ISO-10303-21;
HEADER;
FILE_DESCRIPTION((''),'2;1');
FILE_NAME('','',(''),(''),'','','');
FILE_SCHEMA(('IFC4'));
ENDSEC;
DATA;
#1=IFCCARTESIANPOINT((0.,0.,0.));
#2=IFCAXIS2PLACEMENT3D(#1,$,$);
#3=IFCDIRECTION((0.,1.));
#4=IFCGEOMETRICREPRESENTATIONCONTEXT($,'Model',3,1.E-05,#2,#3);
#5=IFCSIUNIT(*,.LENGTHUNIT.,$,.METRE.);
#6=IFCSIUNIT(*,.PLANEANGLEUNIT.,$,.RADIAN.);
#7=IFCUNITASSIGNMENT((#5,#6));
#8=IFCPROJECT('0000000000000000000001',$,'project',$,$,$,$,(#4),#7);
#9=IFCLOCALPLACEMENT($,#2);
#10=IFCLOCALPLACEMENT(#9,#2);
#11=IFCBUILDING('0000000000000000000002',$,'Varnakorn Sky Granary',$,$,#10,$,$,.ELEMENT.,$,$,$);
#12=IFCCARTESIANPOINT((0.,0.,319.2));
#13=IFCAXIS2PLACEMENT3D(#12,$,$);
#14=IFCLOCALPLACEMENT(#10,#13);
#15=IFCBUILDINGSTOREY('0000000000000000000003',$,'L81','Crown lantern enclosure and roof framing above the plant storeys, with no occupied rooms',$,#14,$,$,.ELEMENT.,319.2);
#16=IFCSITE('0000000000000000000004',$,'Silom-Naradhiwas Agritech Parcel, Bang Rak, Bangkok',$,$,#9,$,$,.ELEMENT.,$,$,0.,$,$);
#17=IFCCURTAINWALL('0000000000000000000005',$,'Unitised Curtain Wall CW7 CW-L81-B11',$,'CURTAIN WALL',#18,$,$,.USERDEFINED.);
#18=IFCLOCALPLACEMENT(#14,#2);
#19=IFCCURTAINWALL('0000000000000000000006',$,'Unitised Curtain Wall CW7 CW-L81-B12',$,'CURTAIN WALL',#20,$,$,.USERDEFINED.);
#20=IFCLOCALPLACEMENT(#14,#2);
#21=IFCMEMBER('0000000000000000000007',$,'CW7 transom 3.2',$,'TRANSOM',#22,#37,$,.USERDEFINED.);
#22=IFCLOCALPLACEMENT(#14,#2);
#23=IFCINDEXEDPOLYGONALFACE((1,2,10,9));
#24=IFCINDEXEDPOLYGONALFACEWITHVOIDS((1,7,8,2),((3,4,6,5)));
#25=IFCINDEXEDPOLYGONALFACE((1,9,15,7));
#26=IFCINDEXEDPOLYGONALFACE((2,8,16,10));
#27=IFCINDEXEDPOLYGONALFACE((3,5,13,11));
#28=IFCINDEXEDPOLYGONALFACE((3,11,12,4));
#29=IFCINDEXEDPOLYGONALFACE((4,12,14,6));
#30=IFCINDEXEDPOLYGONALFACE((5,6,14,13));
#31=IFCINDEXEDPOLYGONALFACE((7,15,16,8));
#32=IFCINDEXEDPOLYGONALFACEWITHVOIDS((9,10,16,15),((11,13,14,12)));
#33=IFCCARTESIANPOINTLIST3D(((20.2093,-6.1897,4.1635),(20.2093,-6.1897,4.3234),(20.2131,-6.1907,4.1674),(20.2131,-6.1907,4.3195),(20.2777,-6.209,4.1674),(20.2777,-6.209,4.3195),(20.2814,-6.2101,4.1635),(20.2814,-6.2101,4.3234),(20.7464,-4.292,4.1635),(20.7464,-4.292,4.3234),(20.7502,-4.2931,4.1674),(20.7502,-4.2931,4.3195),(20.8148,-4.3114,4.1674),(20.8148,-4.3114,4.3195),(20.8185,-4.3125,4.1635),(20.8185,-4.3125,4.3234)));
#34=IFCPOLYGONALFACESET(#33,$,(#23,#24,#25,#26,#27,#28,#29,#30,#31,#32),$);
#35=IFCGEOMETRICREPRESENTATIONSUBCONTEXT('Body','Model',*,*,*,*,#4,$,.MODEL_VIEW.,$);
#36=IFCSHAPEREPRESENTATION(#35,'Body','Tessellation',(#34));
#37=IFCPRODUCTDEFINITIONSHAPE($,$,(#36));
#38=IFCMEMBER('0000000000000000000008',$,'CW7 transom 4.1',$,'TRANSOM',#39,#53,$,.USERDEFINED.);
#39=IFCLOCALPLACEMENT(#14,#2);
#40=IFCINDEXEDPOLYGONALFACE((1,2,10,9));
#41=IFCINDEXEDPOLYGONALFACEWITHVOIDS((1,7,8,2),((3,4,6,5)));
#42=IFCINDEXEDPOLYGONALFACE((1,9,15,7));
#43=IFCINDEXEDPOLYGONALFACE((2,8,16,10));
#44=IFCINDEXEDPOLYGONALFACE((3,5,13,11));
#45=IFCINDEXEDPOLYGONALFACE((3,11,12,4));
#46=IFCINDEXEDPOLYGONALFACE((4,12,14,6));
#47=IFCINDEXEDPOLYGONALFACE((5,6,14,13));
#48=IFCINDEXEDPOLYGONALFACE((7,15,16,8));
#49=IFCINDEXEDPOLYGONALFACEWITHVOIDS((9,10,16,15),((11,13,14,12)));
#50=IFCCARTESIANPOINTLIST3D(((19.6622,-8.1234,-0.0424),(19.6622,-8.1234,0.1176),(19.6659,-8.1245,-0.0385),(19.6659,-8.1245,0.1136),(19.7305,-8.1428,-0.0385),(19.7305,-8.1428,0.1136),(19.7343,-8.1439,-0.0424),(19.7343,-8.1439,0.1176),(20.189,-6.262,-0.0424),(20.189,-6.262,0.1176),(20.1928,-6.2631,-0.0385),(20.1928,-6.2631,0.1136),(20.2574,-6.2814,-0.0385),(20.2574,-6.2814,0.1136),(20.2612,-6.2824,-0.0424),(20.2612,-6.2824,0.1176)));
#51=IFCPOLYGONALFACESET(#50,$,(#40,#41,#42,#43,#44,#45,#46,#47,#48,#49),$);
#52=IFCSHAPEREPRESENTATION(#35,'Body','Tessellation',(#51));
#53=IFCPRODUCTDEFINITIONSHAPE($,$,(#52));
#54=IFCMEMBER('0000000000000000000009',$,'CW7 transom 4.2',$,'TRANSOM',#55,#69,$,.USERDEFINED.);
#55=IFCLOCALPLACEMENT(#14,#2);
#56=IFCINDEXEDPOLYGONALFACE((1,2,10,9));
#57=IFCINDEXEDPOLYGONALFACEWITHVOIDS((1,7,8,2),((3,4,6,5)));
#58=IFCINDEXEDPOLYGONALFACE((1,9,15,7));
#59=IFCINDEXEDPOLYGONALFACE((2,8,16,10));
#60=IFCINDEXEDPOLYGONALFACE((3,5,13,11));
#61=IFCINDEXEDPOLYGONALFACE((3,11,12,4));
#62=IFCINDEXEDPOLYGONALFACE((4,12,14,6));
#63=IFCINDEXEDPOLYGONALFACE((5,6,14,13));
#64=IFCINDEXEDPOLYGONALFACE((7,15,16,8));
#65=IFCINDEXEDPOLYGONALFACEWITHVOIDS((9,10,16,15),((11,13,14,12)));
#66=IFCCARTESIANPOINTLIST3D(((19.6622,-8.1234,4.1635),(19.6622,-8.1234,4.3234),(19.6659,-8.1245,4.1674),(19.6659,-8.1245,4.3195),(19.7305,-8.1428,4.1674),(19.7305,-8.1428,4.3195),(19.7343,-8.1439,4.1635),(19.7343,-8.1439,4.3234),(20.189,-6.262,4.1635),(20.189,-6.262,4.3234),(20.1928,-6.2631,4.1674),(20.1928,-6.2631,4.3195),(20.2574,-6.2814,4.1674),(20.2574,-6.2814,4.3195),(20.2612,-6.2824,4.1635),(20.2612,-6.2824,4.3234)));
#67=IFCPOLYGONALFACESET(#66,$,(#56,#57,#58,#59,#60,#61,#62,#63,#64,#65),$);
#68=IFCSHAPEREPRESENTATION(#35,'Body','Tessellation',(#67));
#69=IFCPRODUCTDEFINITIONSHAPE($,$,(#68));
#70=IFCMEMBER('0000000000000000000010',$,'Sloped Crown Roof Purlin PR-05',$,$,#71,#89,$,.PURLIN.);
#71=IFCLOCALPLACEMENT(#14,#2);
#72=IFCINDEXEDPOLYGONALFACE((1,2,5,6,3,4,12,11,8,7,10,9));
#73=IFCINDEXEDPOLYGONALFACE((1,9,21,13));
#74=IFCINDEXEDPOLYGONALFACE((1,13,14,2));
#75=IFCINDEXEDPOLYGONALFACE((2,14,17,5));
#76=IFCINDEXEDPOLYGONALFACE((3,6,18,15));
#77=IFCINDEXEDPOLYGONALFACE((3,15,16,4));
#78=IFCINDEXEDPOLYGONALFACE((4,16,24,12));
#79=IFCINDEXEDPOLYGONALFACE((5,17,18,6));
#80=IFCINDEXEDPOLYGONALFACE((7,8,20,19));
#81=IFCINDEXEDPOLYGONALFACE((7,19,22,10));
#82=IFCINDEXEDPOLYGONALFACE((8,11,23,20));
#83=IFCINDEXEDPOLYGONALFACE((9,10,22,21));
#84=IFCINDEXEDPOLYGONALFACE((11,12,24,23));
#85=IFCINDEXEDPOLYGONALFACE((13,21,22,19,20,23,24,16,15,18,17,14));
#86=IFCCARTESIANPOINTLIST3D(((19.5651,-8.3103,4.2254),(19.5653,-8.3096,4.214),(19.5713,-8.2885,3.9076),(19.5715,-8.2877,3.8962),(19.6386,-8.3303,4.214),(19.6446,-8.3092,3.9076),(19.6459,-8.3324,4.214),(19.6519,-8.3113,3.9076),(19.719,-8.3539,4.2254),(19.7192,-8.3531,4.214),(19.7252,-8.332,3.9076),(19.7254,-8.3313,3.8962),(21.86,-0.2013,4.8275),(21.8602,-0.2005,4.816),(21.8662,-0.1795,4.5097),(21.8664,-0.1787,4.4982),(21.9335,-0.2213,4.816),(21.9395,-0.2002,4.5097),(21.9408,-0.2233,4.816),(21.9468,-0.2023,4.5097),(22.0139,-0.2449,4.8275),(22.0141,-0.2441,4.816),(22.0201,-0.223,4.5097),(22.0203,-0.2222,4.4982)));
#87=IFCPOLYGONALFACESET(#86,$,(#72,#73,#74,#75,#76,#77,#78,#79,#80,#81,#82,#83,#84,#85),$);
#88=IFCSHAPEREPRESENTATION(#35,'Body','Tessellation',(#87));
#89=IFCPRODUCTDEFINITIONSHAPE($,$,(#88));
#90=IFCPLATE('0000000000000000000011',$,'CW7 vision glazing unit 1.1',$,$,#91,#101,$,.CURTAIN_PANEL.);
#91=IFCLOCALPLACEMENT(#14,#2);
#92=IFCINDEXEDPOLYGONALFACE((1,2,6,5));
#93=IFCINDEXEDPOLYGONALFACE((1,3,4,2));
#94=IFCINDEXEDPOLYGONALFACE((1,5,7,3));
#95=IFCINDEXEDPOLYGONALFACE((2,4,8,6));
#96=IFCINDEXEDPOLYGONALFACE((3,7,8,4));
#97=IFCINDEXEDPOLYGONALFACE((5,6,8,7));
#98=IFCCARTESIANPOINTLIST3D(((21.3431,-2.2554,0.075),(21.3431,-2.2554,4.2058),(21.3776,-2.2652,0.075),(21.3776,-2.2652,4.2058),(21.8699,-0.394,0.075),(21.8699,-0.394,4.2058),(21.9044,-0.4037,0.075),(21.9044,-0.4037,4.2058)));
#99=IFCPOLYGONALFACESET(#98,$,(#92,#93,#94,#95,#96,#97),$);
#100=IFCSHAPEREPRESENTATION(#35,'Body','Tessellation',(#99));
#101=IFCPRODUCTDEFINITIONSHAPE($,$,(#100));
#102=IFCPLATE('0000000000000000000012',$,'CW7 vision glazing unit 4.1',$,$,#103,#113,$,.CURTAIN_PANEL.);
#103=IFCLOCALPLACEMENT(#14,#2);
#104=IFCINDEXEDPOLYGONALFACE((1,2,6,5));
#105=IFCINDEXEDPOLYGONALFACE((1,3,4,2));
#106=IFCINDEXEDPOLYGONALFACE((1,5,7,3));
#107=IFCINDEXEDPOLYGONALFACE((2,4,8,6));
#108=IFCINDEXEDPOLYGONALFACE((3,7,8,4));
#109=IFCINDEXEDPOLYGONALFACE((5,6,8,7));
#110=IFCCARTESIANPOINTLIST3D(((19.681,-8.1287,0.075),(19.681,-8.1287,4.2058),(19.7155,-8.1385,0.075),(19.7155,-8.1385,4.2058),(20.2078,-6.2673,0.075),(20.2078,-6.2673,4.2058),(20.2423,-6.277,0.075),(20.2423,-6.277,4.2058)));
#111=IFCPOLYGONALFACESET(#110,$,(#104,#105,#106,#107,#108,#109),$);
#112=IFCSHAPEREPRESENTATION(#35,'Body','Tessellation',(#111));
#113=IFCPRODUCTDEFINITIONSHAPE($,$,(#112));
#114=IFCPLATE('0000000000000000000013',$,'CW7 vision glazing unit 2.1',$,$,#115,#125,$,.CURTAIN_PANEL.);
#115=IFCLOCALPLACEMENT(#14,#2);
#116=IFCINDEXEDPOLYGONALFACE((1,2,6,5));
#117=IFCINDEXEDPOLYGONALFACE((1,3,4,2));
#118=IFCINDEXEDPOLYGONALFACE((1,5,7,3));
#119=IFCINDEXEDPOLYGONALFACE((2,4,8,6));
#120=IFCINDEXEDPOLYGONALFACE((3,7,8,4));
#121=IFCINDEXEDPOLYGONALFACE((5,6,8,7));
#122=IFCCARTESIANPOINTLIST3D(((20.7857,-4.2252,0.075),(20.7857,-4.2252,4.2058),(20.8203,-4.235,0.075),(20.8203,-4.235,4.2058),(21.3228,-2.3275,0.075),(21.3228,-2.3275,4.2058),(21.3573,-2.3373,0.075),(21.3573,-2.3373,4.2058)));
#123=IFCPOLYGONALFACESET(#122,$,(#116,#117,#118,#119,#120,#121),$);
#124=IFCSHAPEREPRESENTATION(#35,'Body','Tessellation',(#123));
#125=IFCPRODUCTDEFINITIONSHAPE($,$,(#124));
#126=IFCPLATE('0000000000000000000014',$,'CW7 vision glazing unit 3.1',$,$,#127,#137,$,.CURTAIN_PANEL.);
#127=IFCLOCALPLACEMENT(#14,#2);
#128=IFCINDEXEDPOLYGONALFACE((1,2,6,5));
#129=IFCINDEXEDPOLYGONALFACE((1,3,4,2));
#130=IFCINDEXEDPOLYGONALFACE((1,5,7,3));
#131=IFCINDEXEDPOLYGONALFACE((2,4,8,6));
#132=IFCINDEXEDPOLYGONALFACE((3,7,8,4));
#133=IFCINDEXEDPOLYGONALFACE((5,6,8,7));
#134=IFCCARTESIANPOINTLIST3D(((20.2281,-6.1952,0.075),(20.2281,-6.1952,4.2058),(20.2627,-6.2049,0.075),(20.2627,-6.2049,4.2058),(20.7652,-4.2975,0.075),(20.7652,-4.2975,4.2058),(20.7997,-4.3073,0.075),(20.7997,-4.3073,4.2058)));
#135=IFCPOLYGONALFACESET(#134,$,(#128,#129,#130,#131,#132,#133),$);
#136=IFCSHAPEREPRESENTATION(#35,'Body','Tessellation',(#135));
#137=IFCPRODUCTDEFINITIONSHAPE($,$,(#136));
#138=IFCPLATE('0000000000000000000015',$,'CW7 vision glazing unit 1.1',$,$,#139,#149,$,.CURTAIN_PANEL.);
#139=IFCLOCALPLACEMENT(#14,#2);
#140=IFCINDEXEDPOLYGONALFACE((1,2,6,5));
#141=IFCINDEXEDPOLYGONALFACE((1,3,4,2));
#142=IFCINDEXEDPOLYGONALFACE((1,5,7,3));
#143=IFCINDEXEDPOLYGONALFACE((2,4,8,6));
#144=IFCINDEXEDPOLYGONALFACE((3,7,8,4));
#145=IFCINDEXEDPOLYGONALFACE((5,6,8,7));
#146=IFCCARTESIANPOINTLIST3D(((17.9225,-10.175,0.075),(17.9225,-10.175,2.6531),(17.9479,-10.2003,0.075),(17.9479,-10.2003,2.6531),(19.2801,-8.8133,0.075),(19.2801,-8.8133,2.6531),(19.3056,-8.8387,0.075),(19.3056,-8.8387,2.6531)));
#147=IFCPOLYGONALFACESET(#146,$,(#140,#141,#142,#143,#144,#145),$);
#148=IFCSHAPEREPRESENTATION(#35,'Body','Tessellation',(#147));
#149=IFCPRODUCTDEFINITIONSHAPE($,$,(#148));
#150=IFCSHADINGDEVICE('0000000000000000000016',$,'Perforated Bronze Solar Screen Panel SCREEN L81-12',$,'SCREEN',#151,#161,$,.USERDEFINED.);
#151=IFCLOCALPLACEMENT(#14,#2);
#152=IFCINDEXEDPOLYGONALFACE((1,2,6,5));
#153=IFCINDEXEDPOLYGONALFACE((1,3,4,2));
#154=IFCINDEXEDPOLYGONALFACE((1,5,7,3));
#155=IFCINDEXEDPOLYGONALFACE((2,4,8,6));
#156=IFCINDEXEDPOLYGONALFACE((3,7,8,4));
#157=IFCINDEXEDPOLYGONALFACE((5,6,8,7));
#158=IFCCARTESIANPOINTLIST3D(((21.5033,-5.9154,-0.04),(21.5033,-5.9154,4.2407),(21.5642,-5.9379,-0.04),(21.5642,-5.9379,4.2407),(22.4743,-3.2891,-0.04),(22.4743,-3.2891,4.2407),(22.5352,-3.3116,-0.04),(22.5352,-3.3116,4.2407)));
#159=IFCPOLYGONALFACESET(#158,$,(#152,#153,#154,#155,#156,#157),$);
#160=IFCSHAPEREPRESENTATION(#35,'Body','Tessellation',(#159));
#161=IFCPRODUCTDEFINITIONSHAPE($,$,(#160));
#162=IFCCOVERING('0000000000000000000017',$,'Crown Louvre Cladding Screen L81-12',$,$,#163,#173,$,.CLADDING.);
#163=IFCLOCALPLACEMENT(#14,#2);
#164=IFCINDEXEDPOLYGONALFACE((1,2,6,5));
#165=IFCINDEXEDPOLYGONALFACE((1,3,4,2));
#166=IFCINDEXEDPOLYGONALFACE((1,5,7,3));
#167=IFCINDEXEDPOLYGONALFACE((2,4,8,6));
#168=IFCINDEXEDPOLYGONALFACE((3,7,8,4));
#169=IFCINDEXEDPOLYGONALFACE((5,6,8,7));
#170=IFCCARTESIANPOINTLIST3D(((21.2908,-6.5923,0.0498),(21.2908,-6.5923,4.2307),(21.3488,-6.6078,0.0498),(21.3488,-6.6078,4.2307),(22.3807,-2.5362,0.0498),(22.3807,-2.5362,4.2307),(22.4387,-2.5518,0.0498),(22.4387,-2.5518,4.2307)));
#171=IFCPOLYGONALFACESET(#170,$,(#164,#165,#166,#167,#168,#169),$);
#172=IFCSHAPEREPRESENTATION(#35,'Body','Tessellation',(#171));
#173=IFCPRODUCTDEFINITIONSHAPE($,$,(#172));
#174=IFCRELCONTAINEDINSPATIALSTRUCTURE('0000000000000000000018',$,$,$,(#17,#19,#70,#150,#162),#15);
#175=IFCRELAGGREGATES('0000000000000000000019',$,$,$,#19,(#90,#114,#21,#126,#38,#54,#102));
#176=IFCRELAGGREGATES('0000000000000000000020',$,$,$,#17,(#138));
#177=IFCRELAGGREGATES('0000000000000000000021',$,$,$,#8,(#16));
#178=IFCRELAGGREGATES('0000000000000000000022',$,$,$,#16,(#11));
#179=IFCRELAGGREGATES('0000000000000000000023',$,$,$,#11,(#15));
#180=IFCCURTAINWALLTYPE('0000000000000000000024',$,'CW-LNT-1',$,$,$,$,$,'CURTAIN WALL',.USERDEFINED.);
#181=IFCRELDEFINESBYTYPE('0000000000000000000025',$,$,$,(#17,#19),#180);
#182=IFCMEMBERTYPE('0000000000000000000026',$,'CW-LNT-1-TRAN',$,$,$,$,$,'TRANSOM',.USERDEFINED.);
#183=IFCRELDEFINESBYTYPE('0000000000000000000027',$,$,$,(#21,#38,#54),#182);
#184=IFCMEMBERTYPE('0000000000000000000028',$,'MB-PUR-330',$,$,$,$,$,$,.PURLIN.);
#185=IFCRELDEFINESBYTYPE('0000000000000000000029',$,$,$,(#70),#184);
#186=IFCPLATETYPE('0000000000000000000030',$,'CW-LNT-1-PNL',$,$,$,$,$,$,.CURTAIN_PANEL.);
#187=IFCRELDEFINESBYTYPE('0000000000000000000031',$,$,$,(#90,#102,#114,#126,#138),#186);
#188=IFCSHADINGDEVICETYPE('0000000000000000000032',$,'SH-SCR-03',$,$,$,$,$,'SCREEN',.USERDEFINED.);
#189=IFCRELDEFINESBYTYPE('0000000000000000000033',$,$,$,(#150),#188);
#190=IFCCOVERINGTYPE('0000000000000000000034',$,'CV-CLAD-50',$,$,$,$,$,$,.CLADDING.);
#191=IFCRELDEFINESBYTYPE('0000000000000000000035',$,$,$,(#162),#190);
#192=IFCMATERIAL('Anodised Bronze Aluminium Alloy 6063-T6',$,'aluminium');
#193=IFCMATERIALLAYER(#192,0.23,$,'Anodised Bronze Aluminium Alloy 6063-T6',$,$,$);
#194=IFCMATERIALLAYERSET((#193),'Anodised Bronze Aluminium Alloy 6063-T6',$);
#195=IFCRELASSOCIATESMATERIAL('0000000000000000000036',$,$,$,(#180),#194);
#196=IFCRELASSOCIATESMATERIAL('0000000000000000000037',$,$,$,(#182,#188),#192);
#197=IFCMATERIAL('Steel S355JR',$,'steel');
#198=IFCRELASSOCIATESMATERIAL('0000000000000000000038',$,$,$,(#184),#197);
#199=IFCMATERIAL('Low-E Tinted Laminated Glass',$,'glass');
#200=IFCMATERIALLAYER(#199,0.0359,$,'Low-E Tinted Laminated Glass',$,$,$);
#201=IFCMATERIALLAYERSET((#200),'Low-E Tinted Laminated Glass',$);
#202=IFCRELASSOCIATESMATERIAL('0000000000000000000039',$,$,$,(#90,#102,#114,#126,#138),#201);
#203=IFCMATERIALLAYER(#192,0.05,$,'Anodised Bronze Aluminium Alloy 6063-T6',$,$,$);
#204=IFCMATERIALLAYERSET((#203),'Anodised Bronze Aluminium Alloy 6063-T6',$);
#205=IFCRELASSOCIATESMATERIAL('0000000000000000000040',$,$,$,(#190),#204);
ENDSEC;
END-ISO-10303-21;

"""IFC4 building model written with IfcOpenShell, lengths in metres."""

from ifc_helpers import new_model, si_unit, direction, frame, origin, origin_2d, place, context, subcontext, project, spatial, rectangle, hollow_rectangle, i_section, extrude, source, transform, mapped, material, layer, layer_set, material_profile, profile_set, type_object, type_shapes, element, aggregate, save


model = new_model("IFC4")

# Units and contexts
model_context = context("Model", 3, precision=1e-05, world=origin(), true_north=direction((0.0, 1.0)))
body_context = subcontext(model_context, "Body", "Model", "MODEL_VIEW")
ifc_project = project(units=[si_unit("LENGTHUNIT", "METRE"), si_unit("PLANEANGLEUNIT", "RADIAN")], contexts=[model_context])

# Site, building, storey
site_placement = place(None, origin())
site = spatial("IfcSite", under=ifc_project, at=site_placement, Name="Silom-Naradhiwas Agritech Parcel, Bang Rak, Bangkok", CompositionType="ELEMENT", RefElevation=0.0)
building_placement = place(site_placement, origin())
building = spatial("IfcBuilding", under=site, at=building_placement, Name="Varnakorn Sky Granary", CompositionType="ELEMENT")
storey_placement = place(building_placement, frame((0.0, 0.0, 319.2)))
storey = spatial("IfcBuildingStorey", under=building, at=storey_placement, Name="L81", Description="Crown lantern enclosure and roof framing above the plant storeys, with no occupied rooms", CompositionType="ELEMENT", Elevation=319.2)

# Shared definitions
ifc_material_1 = material(Name="Steel S355JR", Category="steel")

# Curtain wall
ifc_material_2 = material(Name="Anodised Bronze Aluminium Alloy 6063-T6", Category="aluminium")
ifc_layer_1 = layer(ifc_material_2, 0.23, Name="Anodised Bronze Aluminium Alloy 6063-T6")
ifc_layer_set_1 = layer_set([ifc_layer_1], Name="Anodised Bronze Aluminium Alloy 6063-T6")
curtain_wall_type = type_object("IfcCurtainWallType", Name="CW-LNT-1", ElementType="CURTAIN WALL", PredefinedType="USERDEFINED", material=ifc_layer_set_1)
curtain_wall_1_placement = place(storey_placement, origin())
curtain_wall_1 = element("IfcCurtainWall", 1, at=curtain_wall_1_placement, inside=storey, type_object=curtain_wall_type, Name="Unitised Curtain Wall CW7 CW-L81-B11", ObjectType="CURTAIN WALL", PredefinedType="USERDEFINED")

# Curtain wall
curtain_wall_2_placement = place(storey_placement, origin())
curtain_wall_2 = element("IfcCurtainWall", 2, at=curtain_wall_2_placement, inside=storey, type_object=curtain_wall_type, Name="Unitised Curtain Wall CW7 CW-L81-B12", ObjectType="CURTAIN WALL", PredefinedType="USERDEFINED")

# Members
ifc_material_profile_1 = material_profile(ifc_material_2, hollow_rectangle(XDim=0.075, YDim=0.1599, WallThickness=0.0039, at=origin_2d()), Name="ALU TRAN 75x160")
ifc_profile_set_1 = profile_set([ifc_material_profile_1], Name="Anodised Bronze Aluminium Alloy 6063-T6")
member_type_1 = type_object("IfcMemberType", Name="CW-LNT-1-TRAN", ElementType="TRANSOM", PredefinedType="USERDEFINED", material=ifc_profile_set_1)
member_1_placement = place(storey_placement, frame((20.7825, -4.3022, 4.2434), z_axis=(-0.272333, -0.962203, 0.0), x_axis=(0.962203, -0.272333, 0.0)))
member_1 = element("IfcMember", 3, at=member_1_placement, type_object=member_type_1, Name="CW7 transom 3.2", ObjectType="TRANSOM", PredefinedType="USERDEFINED", context=body_context, shape_type="SweptSolid", body=[
    extrude(hollow_rectangle(XDim=0.075, YDim=0.1599, WallThickness=0.0039, at=origin_2d()), origin(), (0.0, 0.0, 1.0), 1.9722),
])
member_2_placement = place(storey_placement, frame((20.2251, -6.2722, 0.0376), z_axis=(-0.272353, -0.962197, 0.0), x_axis=(0.962197, -0.272353, 0.0)))
member_2 = element("IfcMember", 4, at=member_2_placement, type_object=member_type_1, Name="CW7 transom 4.1", ObjectType="TRANSOM", PredefinedType="USERDEFINED", context=body_context, shape_type="SweptSolid", body=[
    extrude(hollow_rectangle(XDim=0.075, YDim=0.1599, WallThickness=0.0039, at=origin_2d()), origin(), (0.0, 0.0, 1.0), 1.9346),
])
member_3_placement = place(storey_placement, frame((20.2251, -6.2722, 4.2434), z_axis=(-0.272353, -0.962197, 0.0), x_axis=(0.962197, -0.272353, 0.0)))
member_3 = element("IfcMember", 5, at=member_3_placement, type_object=member_type_1, Name="CW7 transom 4.2", ObjectType="TRANSOM", PredefinedType="USERDEFINED", context=body_context, shape_type="SweptSolid", body=[
    extrude(hollow_rectangle(XDim=0.075, YDim=0.1599, WallThickness=0.0039, at=origin_2d()), origin(), (0.0, 0.0, 1.0), 1.9346),
])
ifc_material_profile_2 = material_profile(ifc_material_1, i_section(OverallWidth=0.1599, OverallDepth=0.3301, WebThickness=0.0076, FlangeThickness=0.0115, at=origin_2d()), Name="IPE 330")
ifc_profile_set_2 = profile_set([ifc_material_profile_2], Name="Steel S355JR")
member_type_2 = type_object("IfcMemberType", Name="MB-PUR-330", PredefinedType="PURLIN", material=ifc_profile_set_2)
member_4_placement = place(storey_placement, frame((19.6453, -8.3208, 4.0608), z_axis=(0.271618, 0.959764, 0.071256), x_axis=(-0.96221, 0.27231, 0.0)))
element("IfcMember", 6, at=member_4_placement, inside=storey, type_object=member_type_2, Name="Sloped Crown Roof Purlin PR-05", PredefinedType="PURLIN", context=body_context, shape_type="SweptSolid", body=[
    extrude(i_section(OverallWidth=0.1599, OverallDepth=0.3301, WebThickness=0.0076, FlangeThickness=0.0115, at=origin_2d()), origin(), (0.0, 0.0, 1.0), 8.449),
])

# Plates
ifc_material_3 = material(Name="Low-E Tinted Laminated Glass", Category="glass")
ifc_layer_2 = layer(ifc_material_3, 0.0359, Name="Low-E Tinted Laminated Glass")
ifc_layer_set_2 = layer_set([ifc_layer_2], Name="Low-E Tinted Laminated Glass")
plate_type = type_object("IfcPlateType", Name="CW-LNT-1-PNL", PredefinedType="CURTAIN_PANEL")
shared_shape_1 = source(origin(), body_context, "Body", "SweptSolid", [
    extrude(rectangle(XDim=1.9346, YDim=0.0359, at=origin_2d()), origin(), (0.0, 0.0, 1.0), 4.1309),
])
plate_1_placement = place(storey_placement, frame((21.6238, -1.3296, 0.075), z_axis=(0.0, 0.0, 1.0), x_axis=(-0.272307, -0.96221, 0.0)))
plate_1 = element("IfcPlate", 7, at=plate_1_placement, type_object=plate_type, material=ifc_layer_set_2, Name="CW7 vision glazing unit 1.1", PredefinedType="CURTAIN_PANEL", context=body_context, shape_type="MappedRepresentation", body=[
    mapped(shared_shape_1, transform((0.0, 0.0, 0.0), x_axis=(1.0, 0.0, 0.0), y_axis=(0.0, 1.0, 0.0), z_axis=(0.0, 0.0, 1.0), scale=1.0)),
])
plate_2_placement = place(storey_placement, frame((19.9617, -7.2029, 0.075), z_axis=(0.0, 0.0, 1.0), x_axis=(-0.272307, -0.96221, 0.0)))
plate_2 = element("IfcPlate", 8, at=plate_2_placement, type_object=plate_type, material=ifc_layer_set_2, Name="CW7 vision glazing unit 4.1", PredefinedType="CURTAIN_PANEL", context=body_context, shape_type="MappedRepresentation", body=[
    mapped(shared_shape_1, transform((0.0, 0.0, 0.0), x_axis=(1.0, 0.0, 0.0), y_axis=(0.0, 1.0, 0.0), z_axis=(0.0, 0.0, 1.0), scale=1.0)),
])
shared_shape_2 = source(origin(), body_context, "Body", "SweptSolid", [
    extrude(rectangle(XDim=1.9722, YDim=0.0359, at=origin_2d()), origin(), (0.0, 0.0, 1.0), 4.1309),
])
plate_3_placement = place(storey_placement, frame((21.0715, -3.2812, 0.075), z_axis=(0.0, 0.0, 1.0), x_axis=(-0.272307, -0.96221, 0.0)))
plate_3 = element("IfcPlate", 9, at=plate_3_placement, type_object=plate_type, material=ifc_layer_set_2, Name="CW7 vision glazing unit 2.1", PredefinedType="CURTAIN_PANEL", context=body_context, shape_type="MappedRepresentation", body=[
    mapped(shared_shape_2, transform((0.0, 0.0, 0.0), x_axis=(1.0, 0.0, 0.0), y_axis=(0.0, 1.0, 0.0), z_axis=(0.0, 0.0, 1.0), scale=1.0)),
])
plate_4_placement = place(storey_placement, frame((20.5139, -5.2512, 0.075), z_axis=(0.0, 0.0, 1.0), x_axis=(-0.272307, -0.96221, 0.0)))
plate_4 = element("IfcPlate", 10, at=plate_4_placement, type_object=plate_type, material=ifc_layer_set_2, Name="CW7 vision glazing unit 3.1", PredefinedType="CURTAIN_PANEL", context=body_context, shape_type="MappedRepresentation", body=[
    mapped(shared_shape_2, transform((0.0, 0.0, 0.0), x_axis=(1.0, 0.0, 0.0), y_axis=(0.0, 1.0, 0.0), z_axis=(0.0, 0.0, 1.0), scale=1.0)),
])
aggregate(curtain_wall_2, [plate_1, plate_3, member_1, plate_4, member_2, member_3, plate_2])
shared_shape_3 = source(origin(), body_context, "Body", "SweptSolid", [
    extrude(rectangle(XDim=1.9229, YDim=0.0359, at=origin_2d()), origin(), (0.0, 0.0, 1.0), 2.5781),
])
type_shapes(plate_type, [shared_shape_1, shared_shape_2, shared_shape_3])
plate_5_placement = place(storey_placement, frame((18.614, -9.5068, 0.075), z_axis=(0.0, 0.0, 1.0), x_axis=(-0.706068, -0.708144, 0.0)))
plate_5 = element("IfcPlate", 11, at=plate_5_placement, type_object=plate_type, material=ifc_layer_set_2, Name="CW7 vision glazing unit 1.1", PredefinedType="CURTAIN_PANEL", context=body_context, shape_type="MappedRepresentation", body=[
    mapped(shared_shape_3, transform((0.0, 0.0, 0.0), x_axis=(1.0, 0.0, 0.0), y_axis=(0.0, 1.0, 0.0), z_axis=(0.0, 0.0, 1.0), scale=1.0)),
])
aggregate(curtain_wall_1, [plate_5])

# Shading device
shading_device_type = type_object("IfcShadingDeviceType", Name="SH-SCR-03", ElementType="SCREEN", PredefinedType="USERDEFINED", material=ifc_material_2)
shared_shape_4 = source(origin(), body_context, "Body", "SweptSolid", [
    extrude(rectangle(XDim=2.8, YDim=0.0649, at=origin_2d()), origin(), (0.0, 0.0, 1.0), 4.2808),
])
type_shapes(shading_device_type, [shared_shape_4])
shading_device_placement = place(storey_placement, frame((22.0193, -4.6135, -0.04), z_axis=(0.0, 0.0, 1.0), x_axis=(0.346784, 0.937945, 0.0)))
element("IfcShadingDevice", 12, at=shading_device_placement, inside=storey, type_object=shading_device_type, Name="Perforated Bronze Solar Screen Panel SCREEN L81-12", ObjectType="SCREEN", PredefinedType="USERDEFINED", context=body_context, shape_type="MappedRepresentation", body=[
    mapped(shared_shape_4, transform((0.0, 0.0, 0.0), x_axis=(1.0, 0.0, 0.0), y_axis=(0.0, 1.0, 0.0), z_axis=(0.0, 0.0, 1.0), scale=1.0)),
])

# Covering
ifc_layer_3 = layer(ifc_material_2, 0.05, Name="Anodised Bronze Aluminium Alloy 6063-T6")
ifc_layer_set_3 = layer_set([ifc_layer_3], Name="Anodised Bronze Aluminium Alloy 6063-T6")
covering_type = type_object("IfcCoveringType", Name="CV-CLAD-50", PredefinedType="CLADDING", material=ifc_layer_set_3)
shared_shape_5 = source(origin(), body_context, "Body", "SweptSolid", [
    extrude(rectangle(XDim=4.2, YDim=0.0601, at=origin_2d()), origin(), (0.0, 0.0, 1.0), 4.1809),
])
type_shapes(covering_type, [shared_shape_5])
covering_placement = place(storey_placement, frame((21.8647, -4.572, 0.0498), z_axis=(0.0, 0.0, 1.0), x_axis=(0.259506, 0.965742, 0.0)))
element("IfcCovering", 13, at=covering_placement, inside=storey, type_object=covering_type, Name="Crown Louvre Cladding Screen L81-12", PredefinedType="CLADDING", context=body_context, shape_type="MappedRepresentation", body=[
    mapped(shared_shape_5, transform((0.0, 0.0, 0.0), x_axis=(1.0, 0.0, 0.0), y_axis=(0.0, 1.0, 0.0), z_axis=(0.0, 0.0, 1.0), scale=1.0)),
])

save(model, "model.ifc")
